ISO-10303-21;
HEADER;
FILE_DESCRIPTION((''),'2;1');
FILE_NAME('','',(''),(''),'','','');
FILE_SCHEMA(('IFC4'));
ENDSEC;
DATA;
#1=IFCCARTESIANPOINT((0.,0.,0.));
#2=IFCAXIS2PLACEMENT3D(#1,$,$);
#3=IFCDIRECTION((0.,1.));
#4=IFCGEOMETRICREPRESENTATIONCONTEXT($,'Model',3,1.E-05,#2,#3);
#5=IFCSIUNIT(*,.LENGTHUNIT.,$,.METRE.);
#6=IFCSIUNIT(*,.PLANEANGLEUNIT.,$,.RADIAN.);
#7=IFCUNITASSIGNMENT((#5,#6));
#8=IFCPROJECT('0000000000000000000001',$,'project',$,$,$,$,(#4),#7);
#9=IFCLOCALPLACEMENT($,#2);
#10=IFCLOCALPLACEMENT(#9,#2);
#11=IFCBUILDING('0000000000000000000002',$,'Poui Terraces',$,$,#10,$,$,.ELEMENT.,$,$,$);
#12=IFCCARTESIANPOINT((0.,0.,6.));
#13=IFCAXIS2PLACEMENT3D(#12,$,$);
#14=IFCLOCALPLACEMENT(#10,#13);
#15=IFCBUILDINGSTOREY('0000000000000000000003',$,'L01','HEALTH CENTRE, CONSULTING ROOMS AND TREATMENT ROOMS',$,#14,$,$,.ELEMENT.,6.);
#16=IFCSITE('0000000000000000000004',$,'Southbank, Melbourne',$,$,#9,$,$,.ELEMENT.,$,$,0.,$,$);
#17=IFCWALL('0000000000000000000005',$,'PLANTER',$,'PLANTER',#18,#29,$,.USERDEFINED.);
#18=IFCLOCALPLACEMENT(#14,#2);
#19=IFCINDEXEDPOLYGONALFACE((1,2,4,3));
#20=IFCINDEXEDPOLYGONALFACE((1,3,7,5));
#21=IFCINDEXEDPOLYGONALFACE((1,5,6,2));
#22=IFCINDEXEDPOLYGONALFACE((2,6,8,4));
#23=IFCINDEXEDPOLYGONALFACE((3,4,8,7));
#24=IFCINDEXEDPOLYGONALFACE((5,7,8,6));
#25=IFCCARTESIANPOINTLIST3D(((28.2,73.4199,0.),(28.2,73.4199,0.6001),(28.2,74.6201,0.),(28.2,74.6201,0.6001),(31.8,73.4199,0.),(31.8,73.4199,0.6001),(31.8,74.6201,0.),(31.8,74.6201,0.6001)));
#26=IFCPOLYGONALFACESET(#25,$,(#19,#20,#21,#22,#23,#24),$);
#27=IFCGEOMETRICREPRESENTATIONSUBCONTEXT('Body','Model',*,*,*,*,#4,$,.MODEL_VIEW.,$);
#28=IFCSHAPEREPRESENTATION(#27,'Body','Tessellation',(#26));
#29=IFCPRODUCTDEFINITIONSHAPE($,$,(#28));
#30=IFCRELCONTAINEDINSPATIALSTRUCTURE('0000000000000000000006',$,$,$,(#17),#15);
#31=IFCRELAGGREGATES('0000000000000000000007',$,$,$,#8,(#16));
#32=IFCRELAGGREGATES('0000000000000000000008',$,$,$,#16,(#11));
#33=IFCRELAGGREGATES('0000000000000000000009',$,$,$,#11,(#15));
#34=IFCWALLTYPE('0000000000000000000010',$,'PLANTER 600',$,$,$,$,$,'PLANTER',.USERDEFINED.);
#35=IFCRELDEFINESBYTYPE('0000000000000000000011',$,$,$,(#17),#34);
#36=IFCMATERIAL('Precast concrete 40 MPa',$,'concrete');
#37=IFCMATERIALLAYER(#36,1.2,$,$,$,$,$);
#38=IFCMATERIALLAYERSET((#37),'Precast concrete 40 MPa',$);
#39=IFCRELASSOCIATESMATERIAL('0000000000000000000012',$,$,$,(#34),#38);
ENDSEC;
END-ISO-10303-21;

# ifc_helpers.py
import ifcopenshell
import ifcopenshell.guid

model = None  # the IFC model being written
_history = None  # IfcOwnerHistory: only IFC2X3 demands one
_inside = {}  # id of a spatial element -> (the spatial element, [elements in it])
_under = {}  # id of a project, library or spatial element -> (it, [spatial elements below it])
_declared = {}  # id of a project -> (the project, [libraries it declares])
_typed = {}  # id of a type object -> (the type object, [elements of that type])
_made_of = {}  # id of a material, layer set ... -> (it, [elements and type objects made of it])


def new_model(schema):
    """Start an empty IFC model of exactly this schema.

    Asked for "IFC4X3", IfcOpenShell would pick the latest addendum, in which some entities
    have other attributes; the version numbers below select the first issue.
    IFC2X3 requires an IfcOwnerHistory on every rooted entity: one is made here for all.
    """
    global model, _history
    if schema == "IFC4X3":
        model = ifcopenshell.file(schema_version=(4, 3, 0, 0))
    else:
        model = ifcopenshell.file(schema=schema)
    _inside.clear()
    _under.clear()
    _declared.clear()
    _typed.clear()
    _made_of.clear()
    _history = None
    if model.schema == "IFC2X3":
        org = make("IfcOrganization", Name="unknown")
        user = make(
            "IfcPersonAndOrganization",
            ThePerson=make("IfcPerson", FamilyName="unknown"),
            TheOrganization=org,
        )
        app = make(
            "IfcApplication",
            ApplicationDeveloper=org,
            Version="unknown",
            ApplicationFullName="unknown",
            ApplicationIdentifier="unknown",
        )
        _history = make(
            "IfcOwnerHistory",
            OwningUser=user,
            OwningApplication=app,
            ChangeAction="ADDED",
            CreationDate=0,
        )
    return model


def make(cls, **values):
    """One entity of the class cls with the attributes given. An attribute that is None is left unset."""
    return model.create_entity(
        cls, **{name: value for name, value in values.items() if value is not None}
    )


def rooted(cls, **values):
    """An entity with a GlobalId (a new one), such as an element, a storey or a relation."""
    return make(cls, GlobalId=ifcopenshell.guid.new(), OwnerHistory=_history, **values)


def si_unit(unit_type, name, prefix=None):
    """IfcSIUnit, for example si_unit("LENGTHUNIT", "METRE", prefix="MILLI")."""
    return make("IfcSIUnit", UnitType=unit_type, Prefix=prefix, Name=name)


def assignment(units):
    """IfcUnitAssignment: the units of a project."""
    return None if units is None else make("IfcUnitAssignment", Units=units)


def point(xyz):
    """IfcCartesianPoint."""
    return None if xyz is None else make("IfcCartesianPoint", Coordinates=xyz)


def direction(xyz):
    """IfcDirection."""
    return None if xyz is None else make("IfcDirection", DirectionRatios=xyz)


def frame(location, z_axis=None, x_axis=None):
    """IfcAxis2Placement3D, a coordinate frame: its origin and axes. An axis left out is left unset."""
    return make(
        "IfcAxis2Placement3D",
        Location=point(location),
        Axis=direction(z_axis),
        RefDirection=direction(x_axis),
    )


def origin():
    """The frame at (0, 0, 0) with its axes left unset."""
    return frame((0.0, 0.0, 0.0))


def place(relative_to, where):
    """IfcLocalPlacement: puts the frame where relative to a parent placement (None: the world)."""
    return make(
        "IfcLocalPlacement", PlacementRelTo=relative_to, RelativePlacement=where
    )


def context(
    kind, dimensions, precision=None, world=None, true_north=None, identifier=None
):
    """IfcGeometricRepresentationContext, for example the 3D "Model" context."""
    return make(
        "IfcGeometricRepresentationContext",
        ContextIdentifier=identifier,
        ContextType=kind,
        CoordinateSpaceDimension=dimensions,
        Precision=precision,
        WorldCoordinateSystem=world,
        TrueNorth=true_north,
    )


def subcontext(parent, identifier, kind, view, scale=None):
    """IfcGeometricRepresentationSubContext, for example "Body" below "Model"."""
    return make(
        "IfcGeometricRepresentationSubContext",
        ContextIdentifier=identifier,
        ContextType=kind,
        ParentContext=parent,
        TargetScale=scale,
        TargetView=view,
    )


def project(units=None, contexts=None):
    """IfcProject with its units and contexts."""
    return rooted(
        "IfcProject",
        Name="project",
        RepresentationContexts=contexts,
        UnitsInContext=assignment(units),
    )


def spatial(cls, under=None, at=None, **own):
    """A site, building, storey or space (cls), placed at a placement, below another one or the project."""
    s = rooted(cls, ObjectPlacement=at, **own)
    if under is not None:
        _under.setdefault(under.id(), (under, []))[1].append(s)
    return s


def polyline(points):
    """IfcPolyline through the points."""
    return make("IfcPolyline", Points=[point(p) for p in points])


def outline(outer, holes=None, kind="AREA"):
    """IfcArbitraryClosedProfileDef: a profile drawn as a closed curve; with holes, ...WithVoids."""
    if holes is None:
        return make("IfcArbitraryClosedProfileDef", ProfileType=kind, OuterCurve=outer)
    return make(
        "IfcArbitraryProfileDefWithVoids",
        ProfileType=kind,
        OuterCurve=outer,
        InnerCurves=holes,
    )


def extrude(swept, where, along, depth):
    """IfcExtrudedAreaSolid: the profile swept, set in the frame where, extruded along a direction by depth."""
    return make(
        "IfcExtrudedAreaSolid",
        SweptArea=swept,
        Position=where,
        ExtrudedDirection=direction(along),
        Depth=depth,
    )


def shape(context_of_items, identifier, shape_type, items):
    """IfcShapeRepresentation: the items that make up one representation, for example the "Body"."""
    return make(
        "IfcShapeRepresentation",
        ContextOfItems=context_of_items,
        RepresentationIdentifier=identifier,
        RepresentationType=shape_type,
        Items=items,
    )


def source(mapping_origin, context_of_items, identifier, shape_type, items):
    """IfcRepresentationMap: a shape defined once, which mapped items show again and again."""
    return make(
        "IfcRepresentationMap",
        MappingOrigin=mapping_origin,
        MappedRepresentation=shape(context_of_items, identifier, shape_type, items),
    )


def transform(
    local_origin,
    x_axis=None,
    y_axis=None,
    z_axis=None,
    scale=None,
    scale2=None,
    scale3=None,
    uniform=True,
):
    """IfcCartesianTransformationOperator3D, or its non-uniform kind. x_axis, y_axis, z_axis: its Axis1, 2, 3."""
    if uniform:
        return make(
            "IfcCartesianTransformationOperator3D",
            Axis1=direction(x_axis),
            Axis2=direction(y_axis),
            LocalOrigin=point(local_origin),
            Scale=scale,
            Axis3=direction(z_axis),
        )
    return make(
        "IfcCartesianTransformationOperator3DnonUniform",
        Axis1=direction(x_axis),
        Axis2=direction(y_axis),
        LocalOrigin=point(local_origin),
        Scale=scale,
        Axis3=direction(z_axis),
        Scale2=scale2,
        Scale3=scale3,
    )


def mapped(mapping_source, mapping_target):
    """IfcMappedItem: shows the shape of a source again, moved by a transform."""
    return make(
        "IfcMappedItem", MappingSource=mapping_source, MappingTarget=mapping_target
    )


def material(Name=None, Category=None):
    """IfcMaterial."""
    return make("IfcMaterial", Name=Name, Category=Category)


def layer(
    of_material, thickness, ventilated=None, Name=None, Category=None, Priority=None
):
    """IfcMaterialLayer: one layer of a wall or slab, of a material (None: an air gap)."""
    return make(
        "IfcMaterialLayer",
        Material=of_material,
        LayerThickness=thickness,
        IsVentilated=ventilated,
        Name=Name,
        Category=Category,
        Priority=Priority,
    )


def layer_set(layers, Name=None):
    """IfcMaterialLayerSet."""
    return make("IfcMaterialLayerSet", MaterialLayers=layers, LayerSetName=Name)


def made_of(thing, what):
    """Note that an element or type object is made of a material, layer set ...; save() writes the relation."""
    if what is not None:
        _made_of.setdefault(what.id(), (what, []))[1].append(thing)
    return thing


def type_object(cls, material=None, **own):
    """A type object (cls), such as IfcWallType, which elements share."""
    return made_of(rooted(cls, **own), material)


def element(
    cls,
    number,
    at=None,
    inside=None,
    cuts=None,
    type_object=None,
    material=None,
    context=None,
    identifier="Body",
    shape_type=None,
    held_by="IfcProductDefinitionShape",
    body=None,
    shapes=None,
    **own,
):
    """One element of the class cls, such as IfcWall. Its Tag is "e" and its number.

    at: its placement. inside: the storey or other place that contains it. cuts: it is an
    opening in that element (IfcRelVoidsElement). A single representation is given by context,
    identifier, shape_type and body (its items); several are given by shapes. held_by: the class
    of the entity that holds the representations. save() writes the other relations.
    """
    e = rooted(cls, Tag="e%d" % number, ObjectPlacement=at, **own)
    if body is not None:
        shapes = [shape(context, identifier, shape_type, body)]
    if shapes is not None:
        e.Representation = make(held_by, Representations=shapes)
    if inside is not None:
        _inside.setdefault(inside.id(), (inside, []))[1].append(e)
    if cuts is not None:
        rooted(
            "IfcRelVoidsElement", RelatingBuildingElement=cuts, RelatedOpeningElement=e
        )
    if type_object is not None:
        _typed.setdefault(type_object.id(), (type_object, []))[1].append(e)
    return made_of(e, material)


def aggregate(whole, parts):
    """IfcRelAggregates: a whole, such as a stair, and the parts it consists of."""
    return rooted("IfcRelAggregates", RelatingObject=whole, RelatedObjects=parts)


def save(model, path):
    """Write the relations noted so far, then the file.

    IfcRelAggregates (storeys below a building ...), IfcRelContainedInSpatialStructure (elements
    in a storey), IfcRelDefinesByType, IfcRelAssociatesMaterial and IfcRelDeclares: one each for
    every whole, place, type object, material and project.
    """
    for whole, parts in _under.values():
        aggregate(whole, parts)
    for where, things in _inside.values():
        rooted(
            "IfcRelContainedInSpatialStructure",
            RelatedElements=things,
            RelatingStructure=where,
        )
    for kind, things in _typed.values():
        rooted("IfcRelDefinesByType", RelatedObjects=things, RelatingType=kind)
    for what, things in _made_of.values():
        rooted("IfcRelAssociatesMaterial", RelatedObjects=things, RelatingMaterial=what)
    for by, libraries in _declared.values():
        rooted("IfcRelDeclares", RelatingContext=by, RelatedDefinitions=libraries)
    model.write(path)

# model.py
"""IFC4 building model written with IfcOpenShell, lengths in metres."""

from ifc_helpers import new_model, si_unit, direction, frame, origin, place, context, subcontext, project, spatial, polyline, outline, extrude, source, transform, mapped, material, layer, layer_set, type_object, element, save


model = new_model("IFC4")

# Units and contexts
model_context = context("Model", 3, precision=1e-05, world=origin(), true_north=direction((0.0, 1.0)))
body_context = subcontext(model_context, "Body", "Model", "MODEL_VIEW")
ifc_project = project(units=[si_unit("LENGTHUNIT", "METRE"), si_unit("PLANEANGLEUNIT", "RADIAN")], contexts=[model_context])

# Site, building, storey
site_placement = place(None, origin())
site = spatial("IfcSite", under=ifc_project, at=site_placement, Name="Southbank, Melbourne", CompositionType="ELEMENT", RefElevation=0.0)
building_placement = place(site_placement, origin())
building = spatial("IfcBuilding", under=site, at=building_placement, Name="Poui Terraces", CompositionType="ELEMENT")
storey_placement = place(building_placement, frame((0.0, 0.0, 6.0)))
storey = spatial("IfcBuildingStorey", under=building, at=storey_placement, Name="L01", Description="HEALTH CENTRE, CONSULTING ROOMS AND TREATMENT ROOMS", CompositionType="ELEMENT", Elevation=6.0)

# Wall
ifc_material_1 = material(Name="Precast concrete 40 MPa", Category="concrete")
ifc_layer_1 = layer(ifc_material_1, 1.2)
ifc_layer_set_1 = layer_set([ifc_layer_1], Name="Precast concrete 40 MPa")
wall_type = type_object("IfcWallType", Name="PLANTER 600", ElementType="PLANTER", PredefinedType="USERDEFINED", material=ifc_layer_set_1)
shared_shape_1 = source(origin(), body_context, "Body", "SweptSolid", [
    extrude(outline(polyline([(0.0, 0.0), (3.6001, 0.0), (3.6001, 1.2002), (0.0, 1.2002), (0.0, 0.0)])), origin(), (0.0, 0.0, 1.0), 0.6001),
])
for number, where, name in (
    (1, (28.2, 73.4199, 0.0), "PLANTER"),
):
    element("IfcWall", number, at=place(storey_placement, frame(where)), inside=storey, type_object=wall_type, Name=name, ObjectType="PLANTER", PredefinedType="USERDEFINED", context=body_context, shape_type="MappedRepresentation", body=[
        mapped(shared_shape_1, transform((0.0, 0.0, 0.0))),
    ])

save(model, "model.ifc")
